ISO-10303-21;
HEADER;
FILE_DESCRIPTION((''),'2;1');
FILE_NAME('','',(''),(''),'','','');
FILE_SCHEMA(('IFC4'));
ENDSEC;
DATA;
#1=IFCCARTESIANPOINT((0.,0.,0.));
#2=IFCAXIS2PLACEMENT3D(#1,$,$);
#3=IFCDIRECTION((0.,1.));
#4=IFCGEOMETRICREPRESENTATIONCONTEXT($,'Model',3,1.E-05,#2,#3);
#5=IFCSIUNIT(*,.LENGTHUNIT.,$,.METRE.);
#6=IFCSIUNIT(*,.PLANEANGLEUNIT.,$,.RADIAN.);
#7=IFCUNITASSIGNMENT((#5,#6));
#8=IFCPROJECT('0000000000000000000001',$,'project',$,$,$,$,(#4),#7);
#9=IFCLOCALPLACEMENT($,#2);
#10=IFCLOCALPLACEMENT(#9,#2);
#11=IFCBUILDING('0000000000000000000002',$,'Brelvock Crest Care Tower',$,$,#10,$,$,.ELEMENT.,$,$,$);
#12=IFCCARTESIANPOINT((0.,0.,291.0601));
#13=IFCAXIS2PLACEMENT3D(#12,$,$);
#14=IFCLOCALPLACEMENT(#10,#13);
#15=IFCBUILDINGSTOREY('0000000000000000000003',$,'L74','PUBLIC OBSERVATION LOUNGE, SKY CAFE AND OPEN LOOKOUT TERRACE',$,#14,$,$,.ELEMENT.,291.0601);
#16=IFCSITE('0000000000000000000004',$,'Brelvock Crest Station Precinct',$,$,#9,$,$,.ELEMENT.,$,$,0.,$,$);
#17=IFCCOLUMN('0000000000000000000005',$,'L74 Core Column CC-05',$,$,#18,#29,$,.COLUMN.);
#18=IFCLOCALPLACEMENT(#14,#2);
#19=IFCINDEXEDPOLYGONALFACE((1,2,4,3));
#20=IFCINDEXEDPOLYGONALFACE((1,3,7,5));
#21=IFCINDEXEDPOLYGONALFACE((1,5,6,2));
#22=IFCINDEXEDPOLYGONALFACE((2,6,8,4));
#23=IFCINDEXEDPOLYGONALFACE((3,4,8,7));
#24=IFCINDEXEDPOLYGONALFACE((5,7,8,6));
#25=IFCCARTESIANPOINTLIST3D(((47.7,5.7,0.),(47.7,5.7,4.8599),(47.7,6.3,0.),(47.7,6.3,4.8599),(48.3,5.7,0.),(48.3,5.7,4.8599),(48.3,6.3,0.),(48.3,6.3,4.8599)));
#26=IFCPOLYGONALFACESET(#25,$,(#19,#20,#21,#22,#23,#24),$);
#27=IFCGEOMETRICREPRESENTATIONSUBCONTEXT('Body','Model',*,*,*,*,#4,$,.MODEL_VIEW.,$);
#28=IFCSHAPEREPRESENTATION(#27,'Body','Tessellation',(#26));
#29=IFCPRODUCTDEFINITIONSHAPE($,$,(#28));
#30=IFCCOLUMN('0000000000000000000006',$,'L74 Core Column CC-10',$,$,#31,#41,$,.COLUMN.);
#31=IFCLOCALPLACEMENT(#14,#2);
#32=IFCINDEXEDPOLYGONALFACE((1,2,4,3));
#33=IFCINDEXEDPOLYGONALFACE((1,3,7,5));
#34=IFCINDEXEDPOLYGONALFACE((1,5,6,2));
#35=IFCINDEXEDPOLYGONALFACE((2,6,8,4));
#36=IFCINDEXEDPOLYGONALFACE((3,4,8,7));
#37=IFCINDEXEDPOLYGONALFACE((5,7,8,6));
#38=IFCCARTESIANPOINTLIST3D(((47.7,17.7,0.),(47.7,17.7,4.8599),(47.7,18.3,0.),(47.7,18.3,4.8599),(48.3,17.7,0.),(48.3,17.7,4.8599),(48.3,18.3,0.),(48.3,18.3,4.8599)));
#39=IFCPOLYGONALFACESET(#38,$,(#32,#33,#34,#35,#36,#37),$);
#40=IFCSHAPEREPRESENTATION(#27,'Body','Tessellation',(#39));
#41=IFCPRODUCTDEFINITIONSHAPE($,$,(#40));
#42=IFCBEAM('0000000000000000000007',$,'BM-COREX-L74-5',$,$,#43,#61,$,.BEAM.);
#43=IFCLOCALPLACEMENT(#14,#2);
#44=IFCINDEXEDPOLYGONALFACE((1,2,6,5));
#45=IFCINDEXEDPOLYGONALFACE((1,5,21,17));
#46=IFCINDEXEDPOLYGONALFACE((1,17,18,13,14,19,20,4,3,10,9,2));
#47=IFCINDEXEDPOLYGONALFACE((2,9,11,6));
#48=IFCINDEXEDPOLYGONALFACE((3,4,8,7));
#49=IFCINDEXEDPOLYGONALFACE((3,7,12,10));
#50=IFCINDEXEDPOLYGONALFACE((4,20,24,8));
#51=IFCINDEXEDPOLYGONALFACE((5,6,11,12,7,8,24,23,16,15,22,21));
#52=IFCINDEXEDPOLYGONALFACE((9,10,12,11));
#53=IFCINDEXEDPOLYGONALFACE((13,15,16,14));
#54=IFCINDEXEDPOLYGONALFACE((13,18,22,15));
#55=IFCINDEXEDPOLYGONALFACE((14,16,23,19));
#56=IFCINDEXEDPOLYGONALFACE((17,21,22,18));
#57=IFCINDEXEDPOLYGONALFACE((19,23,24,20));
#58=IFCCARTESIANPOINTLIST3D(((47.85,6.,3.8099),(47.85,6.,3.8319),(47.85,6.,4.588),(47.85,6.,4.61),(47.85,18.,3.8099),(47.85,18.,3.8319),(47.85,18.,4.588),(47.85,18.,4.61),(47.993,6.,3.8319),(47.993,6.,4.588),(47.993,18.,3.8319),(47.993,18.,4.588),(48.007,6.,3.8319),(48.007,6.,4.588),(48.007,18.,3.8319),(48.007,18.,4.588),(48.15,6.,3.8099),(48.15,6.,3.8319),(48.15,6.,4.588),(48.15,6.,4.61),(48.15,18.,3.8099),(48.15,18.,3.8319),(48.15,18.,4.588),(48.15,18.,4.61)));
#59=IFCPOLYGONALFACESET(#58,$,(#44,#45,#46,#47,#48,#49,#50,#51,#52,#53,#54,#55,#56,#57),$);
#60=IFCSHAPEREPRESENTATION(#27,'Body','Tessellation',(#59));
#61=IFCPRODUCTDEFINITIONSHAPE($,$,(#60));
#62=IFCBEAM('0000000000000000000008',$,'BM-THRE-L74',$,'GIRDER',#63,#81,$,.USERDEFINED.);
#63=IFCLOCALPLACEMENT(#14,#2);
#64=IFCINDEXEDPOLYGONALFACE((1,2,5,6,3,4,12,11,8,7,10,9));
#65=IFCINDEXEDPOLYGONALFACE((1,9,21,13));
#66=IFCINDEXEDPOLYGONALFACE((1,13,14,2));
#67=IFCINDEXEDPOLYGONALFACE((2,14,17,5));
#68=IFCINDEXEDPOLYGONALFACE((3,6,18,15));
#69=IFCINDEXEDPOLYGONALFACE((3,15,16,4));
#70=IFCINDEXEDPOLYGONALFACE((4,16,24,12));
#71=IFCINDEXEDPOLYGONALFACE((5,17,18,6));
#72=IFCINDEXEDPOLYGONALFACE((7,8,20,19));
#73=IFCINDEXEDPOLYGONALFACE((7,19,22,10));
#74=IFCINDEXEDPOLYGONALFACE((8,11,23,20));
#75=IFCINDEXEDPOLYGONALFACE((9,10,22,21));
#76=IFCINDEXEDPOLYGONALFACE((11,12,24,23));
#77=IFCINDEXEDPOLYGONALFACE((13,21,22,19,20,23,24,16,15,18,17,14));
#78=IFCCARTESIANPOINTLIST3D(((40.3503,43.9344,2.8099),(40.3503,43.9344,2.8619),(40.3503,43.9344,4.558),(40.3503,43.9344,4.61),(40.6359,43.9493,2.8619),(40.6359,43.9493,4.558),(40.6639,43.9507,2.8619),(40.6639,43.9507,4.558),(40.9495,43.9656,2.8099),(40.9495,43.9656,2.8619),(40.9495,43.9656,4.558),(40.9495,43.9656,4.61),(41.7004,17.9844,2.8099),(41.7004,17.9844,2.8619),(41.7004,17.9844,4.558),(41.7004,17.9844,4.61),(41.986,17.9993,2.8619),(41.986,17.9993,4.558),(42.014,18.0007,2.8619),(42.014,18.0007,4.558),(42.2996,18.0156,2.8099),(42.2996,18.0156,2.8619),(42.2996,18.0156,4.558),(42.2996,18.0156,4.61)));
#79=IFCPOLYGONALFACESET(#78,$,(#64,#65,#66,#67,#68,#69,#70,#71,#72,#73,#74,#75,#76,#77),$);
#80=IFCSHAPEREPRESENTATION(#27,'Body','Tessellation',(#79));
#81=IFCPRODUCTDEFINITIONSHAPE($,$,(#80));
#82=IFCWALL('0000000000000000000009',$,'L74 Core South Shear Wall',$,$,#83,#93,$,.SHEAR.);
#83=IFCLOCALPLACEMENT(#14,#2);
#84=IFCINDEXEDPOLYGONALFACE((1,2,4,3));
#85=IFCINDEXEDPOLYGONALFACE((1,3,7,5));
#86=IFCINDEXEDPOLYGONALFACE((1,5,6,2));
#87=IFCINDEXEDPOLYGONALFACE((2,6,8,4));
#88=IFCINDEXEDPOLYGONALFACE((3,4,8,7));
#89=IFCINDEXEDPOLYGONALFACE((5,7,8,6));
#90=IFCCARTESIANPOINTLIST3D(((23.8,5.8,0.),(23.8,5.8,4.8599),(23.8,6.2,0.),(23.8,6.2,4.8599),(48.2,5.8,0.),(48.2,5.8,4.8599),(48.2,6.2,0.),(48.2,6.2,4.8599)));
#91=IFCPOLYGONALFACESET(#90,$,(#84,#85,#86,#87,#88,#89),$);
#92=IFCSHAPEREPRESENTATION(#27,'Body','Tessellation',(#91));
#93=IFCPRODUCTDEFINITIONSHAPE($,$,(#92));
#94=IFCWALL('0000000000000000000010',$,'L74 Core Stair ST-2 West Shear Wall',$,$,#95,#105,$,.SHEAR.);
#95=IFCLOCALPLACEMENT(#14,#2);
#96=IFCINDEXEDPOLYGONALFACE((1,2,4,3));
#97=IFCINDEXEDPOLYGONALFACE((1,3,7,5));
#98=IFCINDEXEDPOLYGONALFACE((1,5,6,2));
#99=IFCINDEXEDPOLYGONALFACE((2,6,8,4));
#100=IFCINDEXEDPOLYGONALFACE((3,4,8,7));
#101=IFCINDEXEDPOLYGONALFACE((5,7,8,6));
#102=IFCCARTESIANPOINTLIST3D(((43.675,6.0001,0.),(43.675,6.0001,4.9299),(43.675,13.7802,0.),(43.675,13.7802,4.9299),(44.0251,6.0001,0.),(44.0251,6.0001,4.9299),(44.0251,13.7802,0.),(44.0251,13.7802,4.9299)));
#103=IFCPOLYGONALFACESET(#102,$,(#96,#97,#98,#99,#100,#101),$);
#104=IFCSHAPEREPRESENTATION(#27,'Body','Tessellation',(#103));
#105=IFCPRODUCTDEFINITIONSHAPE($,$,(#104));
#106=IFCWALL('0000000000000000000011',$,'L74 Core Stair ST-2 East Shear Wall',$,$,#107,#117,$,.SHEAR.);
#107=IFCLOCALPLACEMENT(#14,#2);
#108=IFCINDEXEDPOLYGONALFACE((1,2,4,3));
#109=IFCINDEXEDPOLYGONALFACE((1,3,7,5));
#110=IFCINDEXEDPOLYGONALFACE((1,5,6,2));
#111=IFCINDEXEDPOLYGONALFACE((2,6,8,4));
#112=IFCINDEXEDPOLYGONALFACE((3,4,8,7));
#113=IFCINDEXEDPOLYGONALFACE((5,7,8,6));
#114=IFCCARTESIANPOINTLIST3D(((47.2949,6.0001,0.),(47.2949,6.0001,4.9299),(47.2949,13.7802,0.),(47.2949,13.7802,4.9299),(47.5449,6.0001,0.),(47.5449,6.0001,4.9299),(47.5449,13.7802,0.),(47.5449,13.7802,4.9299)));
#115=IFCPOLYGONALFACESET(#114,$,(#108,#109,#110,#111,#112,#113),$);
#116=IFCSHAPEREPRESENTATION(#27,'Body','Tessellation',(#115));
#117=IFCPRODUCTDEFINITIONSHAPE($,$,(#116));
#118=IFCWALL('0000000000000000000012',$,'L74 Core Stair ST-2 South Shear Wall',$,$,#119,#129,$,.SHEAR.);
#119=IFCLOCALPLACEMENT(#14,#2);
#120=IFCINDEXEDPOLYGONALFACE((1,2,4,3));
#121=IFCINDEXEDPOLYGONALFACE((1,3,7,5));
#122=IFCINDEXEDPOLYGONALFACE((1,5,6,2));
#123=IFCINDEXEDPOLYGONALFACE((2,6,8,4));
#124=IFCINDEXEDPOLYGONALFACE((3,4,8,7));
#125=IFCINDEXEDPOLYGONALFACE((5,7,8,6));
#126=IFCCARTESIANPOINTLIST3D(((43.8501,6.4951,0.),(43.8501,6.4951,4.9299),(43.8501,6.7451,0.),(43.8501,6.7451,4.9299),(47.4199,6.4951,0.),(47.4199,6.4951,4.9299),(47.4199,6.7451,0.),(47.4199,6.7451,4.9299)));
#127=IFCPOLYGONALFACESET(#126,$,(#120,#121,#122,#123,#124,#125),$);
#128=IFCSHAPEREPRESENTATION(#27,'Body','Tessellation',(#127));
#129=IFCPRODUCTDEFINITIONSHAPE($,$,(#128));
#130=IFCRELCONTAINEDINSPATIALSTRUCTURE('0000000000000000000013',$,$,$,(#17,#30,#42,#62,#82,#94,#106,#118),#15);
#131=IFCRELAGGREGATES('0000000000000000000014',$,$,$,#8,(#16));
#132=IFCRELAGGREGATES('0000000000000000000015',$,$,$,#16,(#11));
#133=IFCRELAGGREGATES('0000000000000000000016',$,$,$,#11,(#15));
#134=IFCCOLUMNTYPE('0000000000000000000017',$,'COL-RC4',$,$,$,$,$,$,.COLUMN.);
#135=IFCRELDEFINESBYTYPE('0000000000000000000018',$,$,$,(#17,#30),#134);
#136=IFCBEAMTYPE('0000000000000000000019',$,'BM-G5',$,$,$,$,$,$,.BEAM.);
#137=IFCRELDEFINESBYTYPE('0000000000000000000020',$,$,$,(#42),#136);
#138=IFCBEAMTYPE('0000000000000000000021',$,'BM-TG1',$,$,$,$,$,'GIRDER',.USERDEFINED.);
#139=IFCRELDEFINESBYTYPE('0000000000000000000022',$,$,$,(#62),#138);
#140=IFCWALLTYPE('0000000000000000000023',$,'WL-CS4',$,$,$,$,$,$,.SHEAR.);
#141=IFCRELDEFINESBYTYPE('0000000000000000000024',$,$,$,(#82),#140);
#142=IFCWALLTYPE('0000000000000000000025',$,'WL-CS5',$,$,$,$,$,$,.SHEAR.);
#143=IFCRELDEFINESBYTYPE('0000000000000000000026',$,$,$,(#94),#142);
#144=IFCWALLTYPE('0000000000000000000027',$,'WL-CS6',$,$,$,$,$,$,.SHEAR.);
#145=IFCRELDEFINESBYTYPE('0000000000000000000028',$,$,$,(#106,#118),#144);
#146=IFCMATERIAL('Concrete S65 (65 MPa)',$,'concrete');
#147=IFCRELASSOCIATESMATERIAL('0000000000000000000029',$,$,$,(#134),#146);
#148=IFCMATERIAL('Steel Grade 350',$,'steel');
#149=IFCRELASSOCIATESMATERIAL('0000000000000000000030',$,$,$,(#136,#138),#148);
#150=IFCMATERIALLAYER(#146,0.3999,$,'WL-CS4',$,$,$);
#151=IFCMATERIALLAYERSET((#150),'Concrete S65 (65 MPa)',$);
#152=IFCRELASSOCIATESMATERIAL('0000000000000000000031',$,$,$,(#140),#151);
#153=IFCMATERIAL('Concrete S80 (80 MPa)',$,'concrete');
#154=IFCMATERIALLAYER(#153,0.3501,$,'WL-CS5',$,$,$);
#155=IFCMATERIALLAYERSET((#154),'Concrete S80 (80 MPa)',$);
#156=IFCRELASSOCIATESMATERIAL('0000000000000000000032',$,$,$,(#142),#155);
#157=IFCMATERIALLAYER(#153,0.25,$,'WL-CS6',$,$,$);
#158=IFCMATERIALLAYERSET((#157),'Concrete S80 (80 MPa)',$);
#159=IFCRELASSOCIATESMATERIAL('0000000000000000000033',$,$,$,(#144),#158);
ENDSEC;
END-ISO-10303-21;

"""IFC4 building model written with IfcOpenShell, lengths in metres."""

from ifc_helpers import new_model, si_unit, direction, frame, frame_2d, origin, origin_2d, place, context, subcontext, project, spatial, rectangle, i_section, extrude, source, transform, mapped, material, layer, layer_set, material_profile, profile_set, type_object, element, save


model = new_model("IFC4")

# Units and contexts
model_context = context("Model", 3, precision=1e-05, world=origin(), true_north=direction((0.0, 1.0)))
body_context = subcontext(model_context, "Body", "Model", "MODEL_VIEW")
ifc_project = project(units=[si_unit("LENGTHUNIT", "METRE"), si_unit("PLANEANGLEUNIT", "RADIAN")], contexts=[model_context])

# Site, building, storey
site_placement = place(None, origin())
site = spatial("IfcSite", under=ifc_project, at=site_placement, Name="Brelvock Crest Station Precinct", CompositionType="ELEMENT", RefElevation=0.0)
building_placement = place(site_placement, origin())
building = spatial("IfcBuilding", under=site, at=building_placement, Name="Brelvock Crest Care Tower", CompositionType="ELEMENT")
storey_placement = place(building_placement, frame((0.0, 0.0, 291.0601)))
storey = spatial("IfcBuildingStorey", under=building, at=storey_placement, Name="L74", Description="PUBLIC OBSERVATION LOUNGE, SKY CAFE AND OPEN LOOKOUT TERRACE", CompositionType="ELEMENT", Elevation=291.0601)

# Columns
ifc_material_1 = material(Name="Concrete S65 (65 MPa)", Category="concrete")
ifc_material_profile_1 = material_profile(ifc_material_1, rectangle(XDim=0.6001, YDim=0.6001, at=origin_2d()), Name="RC600x600")
ifc_profile_set_1 = profile_set([ifc_material_profile_1], Name="Concrete S65 (65 MPa)")
column_type = type_object("IfcColumnType", Name="COL-RC4", PredefinedType="COLUMN", material=ifc_profile_set_1)
shared_shape_1 = source(origin(), body_context, "Body", "SweptSolid", [
    extrude(rectangle(XDim=0.6001, YDim=0.6001, at=origin_2d()), origin(), (0.0, 0.0, 1.0), 4.8599),
])
for number, where, z_axis, x_axis, name in (
    (1, (48.0, 6.0, 0.0), (0.0, 0.0, 1.0), (1.0, 0.0, 0.0), "L74 Core Column CC-05"),
    (2, (48.0, 18.0, 0.0), (0.0, 0.0, 1.0), (1.0, 0.0, 0.0), "L74 Core Column CC-10"),
):
    element("IfcColumn", number, at=place(storey_placement, frame(where, z_axis=z_axis, x_axis=x_axis)), inside=storey, type_object=column_type, Name=name, PredefinedType="COLUMN", context=body_context, shape_type="MappedRepresentation", body=[
        mapped(shared_shape_1, transform((0.0, 0.0, 0.0), x_axis=(1.0, 0.0, 0.0), y_axis=(0.0, 1.0, 0.0), z_axis=(0.0, 0.0, 1.0), scale=1.0)),
    ])

# Beams
ifc_material_2 = material(Name="Steel Grade 350", Category="steel")
ifc_material_profile_2 = material_profile(ifc_material_2, i_section(OverallWidth=0.3, OverallDepth=0.8, WebThickness=0.0139, FlangeThickness=0.022, at=origin_2d()), Name="800WB192")
ifc_profile_set_2 = profile_set([ifc_material_profile_2], Name="Steel Grade 350")
beam_type_1 = type_object("IfcBeamType", Name="BM-G5", PredefinedType="BEAM", material=ifc_profile_set_2)
shared_shape_2 = source(origin(), body_context, "Body", "SweptSolid", [
    extrude(i_section(OverallWidth=0.3, OverallDepth=0.8, WebThickness=0.0139, FlangeThickness=0.022, at=origin_2d()), origin(), (0.0, 0.0, 1.0), 12.0),
])
beam_1_placement = place(storey_placement, frame((48.0, 6.0, 4.21), z_axis=(0.0, 1.0, 0.0), x_axis=(-1.0, 0.0, 0.0)))
element("IfcBeam", 3, at=beam_1_placement, inside=storey, type_object=beam_type_1, Name="BM-COREX-L74-5", PredefinedType="BEAM", context=body_context, shape_type="MappedRepresentation", body=[
    mapped(shared_shape_2, transform((0.0, 0.0, 0.0), x_axis=(1.0, 0.0, 0.0), y_axis=(0.0, 1.0, 0.0), z_axis=(0.0, 0.0, 1.0), scale=1.0)),
])
ifc_material_profile_3 = material_profile(ifc_material_2, i_section(OverallWidth=0.6001, OverallDepth=1.8, WebThickness=0.0281, FlangeThickness=0.052, at=origin_2d()), Name="1800TG740")
ifc_profile_set_3 = profile_set([ifc_material_profile_3], Name="Steel Grade 350")
beam_type_2 = type_object("IfcBeamType", Name="BM-TG1", ElementType="GIRDER", PredefinedType="USERDEFINED", material=ifc_profile_set_3)
shared_shape_3 = source(origin(), body_context, "Body", "SweptSolid", [
    extrude(i_section(OverallWidth=0.6001, OverallDepth=1.8, WebThickness=0.0281, FlangeThickness=0.052, at=origin_2d()), origin(), (0.0, 0.0, 1.0), 25.9851),
])
beam_2_placement = place(storey_placement, frame((42.0, 18.0, 3.71), z_axis=(-0.051957, 0.998649, 0.0), x_axis=(-0.998649, -0.051957, 0.0)))
element("IfcBeam", 4, at=beam_2_placement, inside=storey, type_object=beam_type_2, Name="BM-THRE-L74", ObjectType="GIRDER", PredefinedType="USERDEFINED", context=body_context, shape_type="MappedRepresentation", body=[
    mapped(shared_shape_3, transform((0.0, 0.0, 0.0), x_axis=(1.0, 0.0, 0.0), y_axis=(0.0, 1.0, 0.0), z_axis=(0.0, 0.0, 1.0), scale=1.0)),
])

# Walls
ifc_layer_1 = layer(ifc_material_1, 0.3999, Name="WL-CS4")
ifc_layer_set_1 = layer_set([ifc_layer_1], Name="Concrete S65 (65 MPa)")
wall_type_1 = type_object("IfcWallType", Name="WL-CS4", PredefinedType="SHEAR", material=ifc_layer_set_1)
wall_1_placement = place(storey_placement, frame((48.2, 6.0, 0.0), z_axis=(0.0, 0.0, 1.0), x_axis=(-1.0, 0.0, 0.0)))
element("IfcWall", 5, at=wall_1_placement, inside=storey, type_object=wall_type_1, Name="L74 Core South Shear Wall", PredefinedType="SHEAR", context=body_context, shape_type="SweptSolid", body=[
    extrude(rectangle(XDim=24.3999, YDim=0.3999, at=frame_2d((12.2, 0.0))), origin(), (0.0, 0.0, 1.0), 4.8599),
])
ifc_material_3 = material(Name="Concrete S80 (80 MPa)", Category="concrete")
ifc_layer_2 = layer(ifc_material_3, 0.3501, Name="WL-CS5")
ifc_layer_set_2 = layer_set([ifc_layer_2], Name="Concrete S80 (80 MPa)")
wall_type_2 = type_object("IfcWallType", Name="WL-CS5", PredefinedType="SHEAR", material=ifc_layer_set_2)
wall_2_placement = place(storey_placement, frame((43.8501, 6.0, 0.0), z_axis=(0.0, 0.0, 1.0), x_axis=(0.0, 1.0, 0.0)))
element("IfcWall", 6, at=wall_2_placement, inside=storey, type_object=wall_type_2, Name="L74 Core Stair ST-2 West Shear Wall", PredefinedType="SHEAR", context=body_context, shape_type="SweptSolid", body=[
    extrude(rectangle(XDim=7.78, YDim=0.3501, at=frame_2d((3.8901, 0.0))), origin(), (0.0, 0.0, 1.0), 4.9299),
])
ifc_layer_3 = layer(ifc_material_3, 0.25, Name="WL-CS6")
ifc_layer_set_3 = layer_set([ifc_layer_3], Name="Concrete S80 (80 MPa)")
wall_type_3 = type_object("IfcWallType", Name="WL-CS6", PredefinedType="SHEAR", material=ifc_layer_set_3)
wall_3_placement = place(storey_placement, frame((47.4199, 6.0, 0.0), z_axis=(0.0, 0.0, 1.0), x_axis=(0.0, 1.0, 0.0)))
element("IfcWall", 7, at=wall_3_placement, inside=storey, type_object=wall_type_3, Name="L74 Core Stair ST-2 East Shear Wall", PredefinedType="SHEAR", context=body_context, shape_type="SweptSolid", body=[
    extrude(rectangle(XDim=7.78, YDim=0.25, at=frame_2d((3.8901, 0.0))), origin(), (0.0, 0.0, 1.0), 4.9299),
])
wall_4_placement = place(storey_placement, frame((43.8501, 6.6201, 0.0), z_axis=(0.0, 0.0, 1.0), x_axis=(1.0, 0.0, 0.0)))
element("IfcWall", 8, at=wall_4_placement, inside=storey, type_object=wall_type_3, Name="L74 Core Stair ST-2 South Shear Wall", PredefinedType="SHEAR", context=body_context, shape_type="SweptSolid", body=[
    extrude(rectangle(XDim=3.5698, YDim=0.25, at=frame_2d((1.7849, 0.0))), origin(), (0.0, 0.0, 1.0), 4.9299),
])

save(model, "model.ifc")
